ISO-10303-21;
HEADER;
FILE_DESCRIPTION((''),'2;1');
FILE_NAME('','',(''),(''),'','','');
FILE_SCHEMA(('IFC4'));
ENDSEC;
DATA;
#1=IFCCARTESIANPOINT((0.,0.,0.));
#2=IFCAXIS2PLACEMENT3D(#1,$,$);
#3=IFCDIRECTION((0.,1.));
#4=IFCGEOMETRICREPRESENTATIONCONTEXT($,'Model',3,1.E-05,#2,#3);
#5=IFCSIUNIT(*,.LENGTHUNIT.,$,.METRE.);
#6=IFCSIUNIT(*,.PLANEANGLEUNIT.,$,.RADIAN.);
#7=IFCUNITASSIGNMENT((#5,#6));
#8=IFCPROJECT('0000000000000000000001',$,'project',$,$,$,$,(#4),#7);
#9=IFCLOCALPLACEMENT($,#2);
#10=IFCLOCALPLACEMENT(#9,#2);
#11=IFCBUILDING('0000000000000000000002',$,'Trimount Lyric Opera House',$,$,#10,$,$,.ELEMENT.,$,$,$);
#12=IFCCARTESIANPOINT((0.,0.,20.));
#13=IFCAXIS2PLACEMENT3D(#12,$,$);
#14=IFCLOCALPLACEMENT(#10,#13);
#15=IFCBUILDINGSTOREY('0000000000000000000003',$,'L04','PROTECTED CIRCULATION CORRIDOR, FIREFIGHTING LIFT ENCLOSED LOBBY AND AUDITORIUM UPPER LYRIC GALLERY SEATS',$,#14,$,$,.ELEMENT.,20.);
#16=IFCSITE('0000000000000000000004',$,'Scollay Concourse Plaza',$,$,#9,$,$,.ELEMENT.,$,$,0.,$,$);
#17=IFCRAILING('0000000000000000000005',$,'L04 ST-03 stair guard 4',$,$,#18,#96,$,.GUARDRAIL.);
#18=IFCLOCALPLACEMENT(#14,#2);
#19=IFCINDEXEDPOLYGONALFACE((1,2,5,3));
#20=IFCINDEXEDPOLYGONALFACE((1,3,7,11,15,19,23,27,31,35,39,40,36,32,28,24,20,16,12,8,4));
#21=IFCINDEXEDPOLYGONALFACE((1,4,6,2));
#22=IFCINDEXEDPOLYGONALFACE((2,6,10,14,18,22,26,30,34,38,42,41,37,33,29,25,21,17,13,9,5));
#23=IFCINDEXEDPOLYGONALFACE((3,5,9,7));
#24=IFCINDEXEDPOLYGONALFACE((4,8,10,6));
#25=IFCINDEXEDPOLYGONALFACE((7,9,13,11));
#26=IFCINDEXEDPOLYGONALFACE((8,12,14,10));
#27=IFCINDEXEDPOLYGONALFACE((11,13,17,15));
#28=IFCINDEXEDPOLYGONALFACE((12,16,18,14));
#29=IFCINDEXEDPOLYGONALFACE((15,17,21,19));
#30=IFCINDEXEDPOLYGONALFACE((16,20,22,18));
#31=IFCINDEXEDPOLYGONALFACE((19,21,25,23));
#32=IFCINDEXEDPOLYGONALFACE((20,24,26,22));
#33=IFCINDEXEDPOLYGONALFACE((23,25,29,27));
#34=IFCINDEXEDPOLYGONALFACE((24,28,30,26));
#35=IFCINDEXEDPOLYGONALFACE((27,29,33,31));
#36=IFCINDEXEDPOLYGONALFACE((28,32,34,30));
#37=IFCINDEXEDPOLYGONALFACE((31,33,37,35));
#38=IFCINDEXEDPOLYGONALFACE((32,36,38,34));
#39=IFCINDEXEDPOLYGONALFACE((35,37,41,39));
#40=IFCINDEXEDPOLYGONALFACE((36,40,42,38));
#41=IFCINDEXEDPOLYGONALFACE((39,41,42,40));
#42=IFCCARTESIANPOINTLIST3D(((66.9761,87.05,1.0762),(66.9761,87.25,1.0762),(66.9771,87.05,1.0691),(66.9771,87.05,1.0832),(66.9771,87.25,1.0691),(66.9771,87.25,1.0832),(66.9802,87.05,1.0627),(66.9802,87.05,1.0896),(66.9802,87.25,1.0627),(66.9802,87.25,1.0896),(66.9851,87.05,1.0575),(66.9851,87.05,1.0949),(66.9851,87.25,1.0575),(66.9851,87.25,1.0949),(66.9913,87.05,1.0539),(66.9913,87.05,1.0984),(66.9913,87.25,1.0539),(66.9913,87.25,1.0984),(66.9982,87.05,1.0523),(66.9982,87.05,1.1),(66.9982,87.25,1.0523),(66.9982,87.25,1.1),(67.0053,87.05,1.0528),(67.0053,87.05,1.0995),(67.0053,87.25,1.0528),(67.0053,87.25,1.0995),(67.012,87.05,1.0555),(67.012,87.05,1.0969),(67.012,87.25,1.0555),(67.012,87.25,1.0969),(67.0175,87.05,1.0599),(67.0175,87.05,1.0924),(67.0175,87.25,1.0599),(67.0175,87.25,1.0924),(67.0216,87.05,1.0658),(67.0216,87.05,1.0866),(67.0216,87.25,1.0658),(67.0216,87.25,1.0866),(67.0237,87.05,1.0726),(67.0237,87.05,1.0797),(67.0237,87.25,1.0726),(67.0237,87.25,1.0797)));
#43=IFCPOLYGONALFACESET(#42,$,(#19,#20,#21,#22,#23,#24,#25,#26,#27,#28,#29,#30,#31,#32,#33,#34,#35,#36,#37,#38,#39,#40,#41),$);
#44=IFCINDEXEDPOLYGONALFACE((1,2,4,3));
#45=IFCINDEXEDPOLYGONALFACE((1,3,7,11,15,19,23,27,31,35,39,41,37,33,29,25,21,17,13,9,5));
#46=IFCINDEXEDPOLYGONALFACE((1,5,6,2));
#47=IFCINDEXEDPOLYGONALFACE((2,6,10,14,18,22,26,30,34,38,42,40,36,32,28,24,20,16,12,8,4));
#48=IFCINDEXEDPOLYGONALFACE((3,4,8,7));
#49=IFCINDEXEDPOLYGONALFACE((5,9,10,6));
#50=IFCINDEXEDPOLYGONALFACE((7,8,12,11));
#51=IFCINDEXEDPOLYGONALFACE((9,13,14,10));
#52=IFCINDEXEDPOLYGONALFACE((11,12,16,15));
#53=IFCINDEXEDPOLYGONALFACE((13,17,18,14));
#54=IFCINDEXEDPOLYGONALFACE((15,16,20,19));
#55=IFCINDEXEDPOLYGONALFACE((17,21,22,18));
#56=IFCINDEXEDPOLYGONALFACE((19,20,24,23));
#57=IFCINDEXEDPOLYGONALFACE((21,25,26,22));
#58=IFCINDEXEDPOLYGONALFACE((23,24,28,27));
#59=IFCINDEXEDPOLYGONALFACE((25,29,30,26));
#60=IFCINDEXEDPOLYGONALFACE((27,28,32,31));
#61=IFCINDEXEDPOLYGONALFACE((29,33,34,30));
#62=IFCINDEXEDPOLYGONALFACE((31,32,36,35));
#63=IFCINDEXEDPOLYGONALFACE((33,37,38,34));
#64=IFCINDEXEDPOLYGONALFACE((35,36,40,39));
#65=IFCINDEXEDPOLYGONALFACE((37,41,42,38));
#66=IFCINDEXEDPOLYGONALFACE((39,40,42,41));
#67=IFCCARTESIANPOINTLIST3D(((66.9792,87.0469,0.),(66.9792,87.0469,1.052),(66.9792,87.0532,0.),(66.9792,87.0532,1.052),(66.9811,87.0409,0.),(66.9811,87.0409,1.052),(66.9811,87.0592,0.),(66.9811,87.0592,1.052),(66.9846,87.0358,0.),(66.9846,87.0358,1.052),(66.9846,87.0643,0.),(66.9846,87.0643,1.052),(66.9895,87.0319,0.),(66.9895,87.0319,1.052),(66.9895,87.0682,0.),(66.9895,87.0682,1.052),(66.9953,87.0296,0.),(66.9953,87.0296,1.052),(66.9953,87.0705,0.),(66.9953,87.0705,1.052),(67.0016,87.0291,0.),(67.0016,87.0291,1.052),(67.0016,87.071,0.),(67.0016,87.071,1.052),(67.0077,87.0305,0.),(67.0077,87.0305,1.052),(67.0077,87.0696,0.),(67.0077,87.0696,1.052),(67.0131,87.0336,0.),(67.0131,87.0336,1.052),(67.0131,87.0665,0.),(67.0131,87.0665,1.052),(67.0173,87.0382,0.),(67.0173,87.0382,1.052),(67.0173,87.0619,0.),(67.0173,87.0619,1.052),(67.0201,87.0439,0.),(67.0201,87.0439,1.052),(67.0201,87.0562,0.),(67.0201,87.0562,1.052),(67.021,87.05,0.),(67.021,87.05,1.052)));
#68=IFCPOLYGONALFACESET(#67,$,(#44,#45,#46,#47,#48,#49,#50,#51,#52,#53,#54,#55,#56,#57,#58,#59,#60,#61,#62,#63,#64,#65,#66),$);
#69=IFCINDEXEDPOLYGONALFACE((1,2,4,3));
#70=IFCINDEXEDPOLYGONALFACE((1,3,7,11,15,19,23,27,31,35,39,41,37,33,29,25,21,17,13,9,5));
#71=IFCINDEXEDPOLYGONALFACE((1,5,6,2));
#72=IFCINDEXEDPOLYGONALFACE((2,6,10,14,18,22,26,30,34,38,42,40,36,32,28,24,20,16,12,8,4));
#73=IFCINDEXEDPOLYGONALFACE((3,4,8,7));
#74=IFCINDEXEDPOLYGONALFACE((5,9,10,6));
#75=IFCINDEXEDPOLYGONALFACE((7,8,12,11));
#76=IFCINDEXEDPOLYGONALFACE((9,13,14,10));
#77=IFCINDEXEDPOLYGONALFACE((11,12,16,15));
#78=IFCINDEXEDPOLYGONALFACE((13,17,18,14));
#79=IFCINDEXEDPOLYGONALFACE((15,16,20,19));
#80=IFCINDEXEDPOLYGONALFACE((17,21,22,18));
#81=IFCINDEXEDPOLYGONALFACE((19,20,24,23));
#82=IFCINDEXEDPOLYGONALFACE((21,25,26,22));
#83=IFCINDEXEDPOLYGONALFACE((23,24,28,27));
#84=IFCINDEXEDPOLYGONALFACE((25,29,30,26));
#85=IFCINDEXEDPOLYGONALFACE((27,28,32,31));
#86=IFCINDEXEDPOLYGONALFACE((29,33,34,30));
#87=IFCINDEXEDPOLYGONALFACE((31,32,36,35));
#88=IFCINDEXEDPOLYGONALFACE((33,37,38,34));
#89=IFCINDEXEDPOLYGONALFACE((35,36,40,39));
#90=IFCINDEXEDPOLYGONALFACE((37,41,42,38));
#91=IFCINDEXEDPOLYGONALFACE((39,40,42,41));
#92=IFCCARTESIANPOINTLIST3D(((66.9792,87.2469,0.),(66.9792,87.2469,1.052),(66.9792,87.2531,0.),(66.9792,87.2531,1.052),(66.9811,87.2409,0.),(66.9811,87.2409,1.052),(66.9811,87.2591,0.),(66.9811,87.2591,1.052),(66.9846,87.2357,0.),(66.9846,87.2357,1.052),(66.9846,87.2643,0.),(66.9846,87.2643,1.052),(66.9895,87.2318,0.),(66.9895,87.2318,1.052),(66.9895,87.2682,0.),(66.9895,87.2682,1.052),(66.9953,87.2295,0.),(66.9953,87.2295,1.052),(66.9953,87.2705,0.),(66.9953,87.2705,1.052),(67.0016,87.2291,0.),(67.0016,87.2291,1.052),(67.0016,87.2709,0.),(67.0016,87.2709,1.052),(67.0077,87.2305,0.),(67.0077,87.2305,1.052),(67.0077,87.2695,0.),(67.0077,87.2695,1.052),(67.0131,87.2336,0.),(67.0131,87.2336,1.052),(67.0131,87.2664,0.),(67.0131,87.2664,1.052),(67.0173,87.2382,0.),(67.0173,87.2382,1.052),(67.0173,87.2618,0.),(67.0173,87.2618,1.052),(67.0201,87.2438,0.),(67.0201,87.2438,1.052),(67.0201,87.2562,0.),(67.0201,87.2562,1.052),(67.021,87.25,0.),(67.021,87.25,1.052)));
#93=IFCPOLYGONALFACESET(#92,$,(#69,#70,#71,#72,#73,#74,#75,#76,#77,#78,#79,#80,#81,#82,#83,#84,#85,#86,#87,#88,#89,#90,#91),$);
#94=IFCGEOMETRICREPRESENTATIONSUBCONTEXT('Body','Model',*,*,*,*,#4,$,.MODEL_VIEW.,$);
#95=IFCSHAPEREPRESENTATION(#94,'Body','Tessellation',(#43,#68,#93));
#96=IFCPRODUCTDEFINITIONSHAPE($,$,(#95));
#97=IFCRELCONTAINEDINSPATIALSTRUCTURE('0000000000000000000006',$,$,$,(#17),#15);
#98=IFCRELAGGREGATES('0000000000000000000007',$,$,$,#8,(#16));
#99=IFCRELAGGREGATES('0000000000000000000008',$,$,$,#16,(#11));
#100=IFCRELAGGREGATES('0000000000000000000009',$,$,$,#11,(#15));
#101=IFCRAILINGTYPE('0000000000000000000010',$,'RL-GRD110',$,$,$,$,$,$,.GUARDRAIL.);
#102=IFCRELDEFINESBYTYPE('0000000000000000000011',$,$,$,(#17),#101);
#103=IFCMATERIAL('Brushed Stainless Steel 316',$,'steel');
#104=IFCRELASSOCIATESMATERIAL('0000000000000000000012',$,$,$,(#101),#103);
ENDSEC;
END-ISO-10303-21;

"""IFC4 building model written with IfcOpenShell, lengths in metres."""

from ifc_helpers import new_model, si_unit, direction, frame, origin, origin_2d, place, context, subcontext, project, spatial, circle, extrude, material, type_object, element, save


model = new_model("IFC4")

# Units and contexts
model_context = context("Model", 3, precision=1e-05, world=origin(), true_north=direction((0.0, 1.0)))
body_context = subcontext(model_context, "Body", "Model", "MODEL_VIEW")
ifc_project = project(units=[si_unit("LENGTHUNIT", "METRE"), si_unit("PLANEANGLEUNIT", "RADIAN")], contexts=[model_context])

# Site, building, storey
site_placement = place(None, origin())
site = spatial("IfcSite", under=ifc_project, at=site_placement, Name="Scollay Concourse Plaza", CompositionType="ELEMENT", RefElevation=0.0)
building_placement = place(site_placement, origin())
building = spatial("IfcBuilding", under=site, at=building_placement, Name="Trimount Lyric Opera House", CompositionType="ELEMENT")
storey_placement = place(building_placement, frame((0.0, 0.0, 20.0)))
storey = spatial("IfcBuildingStorey", under=building, at=storey_placement, Name="L04", Description="PROTECTED CIRCULATION CORRIDOR, FIREFIGHTING LIFT ENCLOSED LOBBY AND AUDITORIUM UPPER LYRIC GALLERY SEATS", CompositionType="ELEMENT", Elevation=20.0)

# Railing
ifc_material_1 = material(Name="Brushed Stainless Steel 316", Category="steel")
railing_type_1 = type_object("IfcRailingType", Name="RL-GRD110", PredefinedType="GUARDRAIL", material=ifc_material_1)
railing_1_placement = place(storey_placement, frame((67.0, 87.05, 0.0)))
element("IfcRailing", 1, at=railing_1_placement, inside=storey, type_object=railing_type_1, Name="L04 ST-03 stair guard 4", PredefinedType="GUARDRAIL", context=body_context, shape_type="SweptSolid", body=[
    extrude(circle(Radius=0.0239, at=origin_2d()), frame((0.0, 0.0, 1.0762), z_axis=(0.0, 1.0, 0.0), x_axis=(-1.0, 0.0, 0.0)), (0.0, 0.0, 1.0), 0.2),
    extrude(circle(Radius=0.021, at=origin_2d()), origin(), (0.0, 0.0, 1.0), 1.052),
    extrude(circle(Radius=0.021, at=origin_2d()), frame((0.0, 0.2, 0.0)), (0.0, 0.0, 1.0), 1.052),
])

save(model, "model.ifc")
